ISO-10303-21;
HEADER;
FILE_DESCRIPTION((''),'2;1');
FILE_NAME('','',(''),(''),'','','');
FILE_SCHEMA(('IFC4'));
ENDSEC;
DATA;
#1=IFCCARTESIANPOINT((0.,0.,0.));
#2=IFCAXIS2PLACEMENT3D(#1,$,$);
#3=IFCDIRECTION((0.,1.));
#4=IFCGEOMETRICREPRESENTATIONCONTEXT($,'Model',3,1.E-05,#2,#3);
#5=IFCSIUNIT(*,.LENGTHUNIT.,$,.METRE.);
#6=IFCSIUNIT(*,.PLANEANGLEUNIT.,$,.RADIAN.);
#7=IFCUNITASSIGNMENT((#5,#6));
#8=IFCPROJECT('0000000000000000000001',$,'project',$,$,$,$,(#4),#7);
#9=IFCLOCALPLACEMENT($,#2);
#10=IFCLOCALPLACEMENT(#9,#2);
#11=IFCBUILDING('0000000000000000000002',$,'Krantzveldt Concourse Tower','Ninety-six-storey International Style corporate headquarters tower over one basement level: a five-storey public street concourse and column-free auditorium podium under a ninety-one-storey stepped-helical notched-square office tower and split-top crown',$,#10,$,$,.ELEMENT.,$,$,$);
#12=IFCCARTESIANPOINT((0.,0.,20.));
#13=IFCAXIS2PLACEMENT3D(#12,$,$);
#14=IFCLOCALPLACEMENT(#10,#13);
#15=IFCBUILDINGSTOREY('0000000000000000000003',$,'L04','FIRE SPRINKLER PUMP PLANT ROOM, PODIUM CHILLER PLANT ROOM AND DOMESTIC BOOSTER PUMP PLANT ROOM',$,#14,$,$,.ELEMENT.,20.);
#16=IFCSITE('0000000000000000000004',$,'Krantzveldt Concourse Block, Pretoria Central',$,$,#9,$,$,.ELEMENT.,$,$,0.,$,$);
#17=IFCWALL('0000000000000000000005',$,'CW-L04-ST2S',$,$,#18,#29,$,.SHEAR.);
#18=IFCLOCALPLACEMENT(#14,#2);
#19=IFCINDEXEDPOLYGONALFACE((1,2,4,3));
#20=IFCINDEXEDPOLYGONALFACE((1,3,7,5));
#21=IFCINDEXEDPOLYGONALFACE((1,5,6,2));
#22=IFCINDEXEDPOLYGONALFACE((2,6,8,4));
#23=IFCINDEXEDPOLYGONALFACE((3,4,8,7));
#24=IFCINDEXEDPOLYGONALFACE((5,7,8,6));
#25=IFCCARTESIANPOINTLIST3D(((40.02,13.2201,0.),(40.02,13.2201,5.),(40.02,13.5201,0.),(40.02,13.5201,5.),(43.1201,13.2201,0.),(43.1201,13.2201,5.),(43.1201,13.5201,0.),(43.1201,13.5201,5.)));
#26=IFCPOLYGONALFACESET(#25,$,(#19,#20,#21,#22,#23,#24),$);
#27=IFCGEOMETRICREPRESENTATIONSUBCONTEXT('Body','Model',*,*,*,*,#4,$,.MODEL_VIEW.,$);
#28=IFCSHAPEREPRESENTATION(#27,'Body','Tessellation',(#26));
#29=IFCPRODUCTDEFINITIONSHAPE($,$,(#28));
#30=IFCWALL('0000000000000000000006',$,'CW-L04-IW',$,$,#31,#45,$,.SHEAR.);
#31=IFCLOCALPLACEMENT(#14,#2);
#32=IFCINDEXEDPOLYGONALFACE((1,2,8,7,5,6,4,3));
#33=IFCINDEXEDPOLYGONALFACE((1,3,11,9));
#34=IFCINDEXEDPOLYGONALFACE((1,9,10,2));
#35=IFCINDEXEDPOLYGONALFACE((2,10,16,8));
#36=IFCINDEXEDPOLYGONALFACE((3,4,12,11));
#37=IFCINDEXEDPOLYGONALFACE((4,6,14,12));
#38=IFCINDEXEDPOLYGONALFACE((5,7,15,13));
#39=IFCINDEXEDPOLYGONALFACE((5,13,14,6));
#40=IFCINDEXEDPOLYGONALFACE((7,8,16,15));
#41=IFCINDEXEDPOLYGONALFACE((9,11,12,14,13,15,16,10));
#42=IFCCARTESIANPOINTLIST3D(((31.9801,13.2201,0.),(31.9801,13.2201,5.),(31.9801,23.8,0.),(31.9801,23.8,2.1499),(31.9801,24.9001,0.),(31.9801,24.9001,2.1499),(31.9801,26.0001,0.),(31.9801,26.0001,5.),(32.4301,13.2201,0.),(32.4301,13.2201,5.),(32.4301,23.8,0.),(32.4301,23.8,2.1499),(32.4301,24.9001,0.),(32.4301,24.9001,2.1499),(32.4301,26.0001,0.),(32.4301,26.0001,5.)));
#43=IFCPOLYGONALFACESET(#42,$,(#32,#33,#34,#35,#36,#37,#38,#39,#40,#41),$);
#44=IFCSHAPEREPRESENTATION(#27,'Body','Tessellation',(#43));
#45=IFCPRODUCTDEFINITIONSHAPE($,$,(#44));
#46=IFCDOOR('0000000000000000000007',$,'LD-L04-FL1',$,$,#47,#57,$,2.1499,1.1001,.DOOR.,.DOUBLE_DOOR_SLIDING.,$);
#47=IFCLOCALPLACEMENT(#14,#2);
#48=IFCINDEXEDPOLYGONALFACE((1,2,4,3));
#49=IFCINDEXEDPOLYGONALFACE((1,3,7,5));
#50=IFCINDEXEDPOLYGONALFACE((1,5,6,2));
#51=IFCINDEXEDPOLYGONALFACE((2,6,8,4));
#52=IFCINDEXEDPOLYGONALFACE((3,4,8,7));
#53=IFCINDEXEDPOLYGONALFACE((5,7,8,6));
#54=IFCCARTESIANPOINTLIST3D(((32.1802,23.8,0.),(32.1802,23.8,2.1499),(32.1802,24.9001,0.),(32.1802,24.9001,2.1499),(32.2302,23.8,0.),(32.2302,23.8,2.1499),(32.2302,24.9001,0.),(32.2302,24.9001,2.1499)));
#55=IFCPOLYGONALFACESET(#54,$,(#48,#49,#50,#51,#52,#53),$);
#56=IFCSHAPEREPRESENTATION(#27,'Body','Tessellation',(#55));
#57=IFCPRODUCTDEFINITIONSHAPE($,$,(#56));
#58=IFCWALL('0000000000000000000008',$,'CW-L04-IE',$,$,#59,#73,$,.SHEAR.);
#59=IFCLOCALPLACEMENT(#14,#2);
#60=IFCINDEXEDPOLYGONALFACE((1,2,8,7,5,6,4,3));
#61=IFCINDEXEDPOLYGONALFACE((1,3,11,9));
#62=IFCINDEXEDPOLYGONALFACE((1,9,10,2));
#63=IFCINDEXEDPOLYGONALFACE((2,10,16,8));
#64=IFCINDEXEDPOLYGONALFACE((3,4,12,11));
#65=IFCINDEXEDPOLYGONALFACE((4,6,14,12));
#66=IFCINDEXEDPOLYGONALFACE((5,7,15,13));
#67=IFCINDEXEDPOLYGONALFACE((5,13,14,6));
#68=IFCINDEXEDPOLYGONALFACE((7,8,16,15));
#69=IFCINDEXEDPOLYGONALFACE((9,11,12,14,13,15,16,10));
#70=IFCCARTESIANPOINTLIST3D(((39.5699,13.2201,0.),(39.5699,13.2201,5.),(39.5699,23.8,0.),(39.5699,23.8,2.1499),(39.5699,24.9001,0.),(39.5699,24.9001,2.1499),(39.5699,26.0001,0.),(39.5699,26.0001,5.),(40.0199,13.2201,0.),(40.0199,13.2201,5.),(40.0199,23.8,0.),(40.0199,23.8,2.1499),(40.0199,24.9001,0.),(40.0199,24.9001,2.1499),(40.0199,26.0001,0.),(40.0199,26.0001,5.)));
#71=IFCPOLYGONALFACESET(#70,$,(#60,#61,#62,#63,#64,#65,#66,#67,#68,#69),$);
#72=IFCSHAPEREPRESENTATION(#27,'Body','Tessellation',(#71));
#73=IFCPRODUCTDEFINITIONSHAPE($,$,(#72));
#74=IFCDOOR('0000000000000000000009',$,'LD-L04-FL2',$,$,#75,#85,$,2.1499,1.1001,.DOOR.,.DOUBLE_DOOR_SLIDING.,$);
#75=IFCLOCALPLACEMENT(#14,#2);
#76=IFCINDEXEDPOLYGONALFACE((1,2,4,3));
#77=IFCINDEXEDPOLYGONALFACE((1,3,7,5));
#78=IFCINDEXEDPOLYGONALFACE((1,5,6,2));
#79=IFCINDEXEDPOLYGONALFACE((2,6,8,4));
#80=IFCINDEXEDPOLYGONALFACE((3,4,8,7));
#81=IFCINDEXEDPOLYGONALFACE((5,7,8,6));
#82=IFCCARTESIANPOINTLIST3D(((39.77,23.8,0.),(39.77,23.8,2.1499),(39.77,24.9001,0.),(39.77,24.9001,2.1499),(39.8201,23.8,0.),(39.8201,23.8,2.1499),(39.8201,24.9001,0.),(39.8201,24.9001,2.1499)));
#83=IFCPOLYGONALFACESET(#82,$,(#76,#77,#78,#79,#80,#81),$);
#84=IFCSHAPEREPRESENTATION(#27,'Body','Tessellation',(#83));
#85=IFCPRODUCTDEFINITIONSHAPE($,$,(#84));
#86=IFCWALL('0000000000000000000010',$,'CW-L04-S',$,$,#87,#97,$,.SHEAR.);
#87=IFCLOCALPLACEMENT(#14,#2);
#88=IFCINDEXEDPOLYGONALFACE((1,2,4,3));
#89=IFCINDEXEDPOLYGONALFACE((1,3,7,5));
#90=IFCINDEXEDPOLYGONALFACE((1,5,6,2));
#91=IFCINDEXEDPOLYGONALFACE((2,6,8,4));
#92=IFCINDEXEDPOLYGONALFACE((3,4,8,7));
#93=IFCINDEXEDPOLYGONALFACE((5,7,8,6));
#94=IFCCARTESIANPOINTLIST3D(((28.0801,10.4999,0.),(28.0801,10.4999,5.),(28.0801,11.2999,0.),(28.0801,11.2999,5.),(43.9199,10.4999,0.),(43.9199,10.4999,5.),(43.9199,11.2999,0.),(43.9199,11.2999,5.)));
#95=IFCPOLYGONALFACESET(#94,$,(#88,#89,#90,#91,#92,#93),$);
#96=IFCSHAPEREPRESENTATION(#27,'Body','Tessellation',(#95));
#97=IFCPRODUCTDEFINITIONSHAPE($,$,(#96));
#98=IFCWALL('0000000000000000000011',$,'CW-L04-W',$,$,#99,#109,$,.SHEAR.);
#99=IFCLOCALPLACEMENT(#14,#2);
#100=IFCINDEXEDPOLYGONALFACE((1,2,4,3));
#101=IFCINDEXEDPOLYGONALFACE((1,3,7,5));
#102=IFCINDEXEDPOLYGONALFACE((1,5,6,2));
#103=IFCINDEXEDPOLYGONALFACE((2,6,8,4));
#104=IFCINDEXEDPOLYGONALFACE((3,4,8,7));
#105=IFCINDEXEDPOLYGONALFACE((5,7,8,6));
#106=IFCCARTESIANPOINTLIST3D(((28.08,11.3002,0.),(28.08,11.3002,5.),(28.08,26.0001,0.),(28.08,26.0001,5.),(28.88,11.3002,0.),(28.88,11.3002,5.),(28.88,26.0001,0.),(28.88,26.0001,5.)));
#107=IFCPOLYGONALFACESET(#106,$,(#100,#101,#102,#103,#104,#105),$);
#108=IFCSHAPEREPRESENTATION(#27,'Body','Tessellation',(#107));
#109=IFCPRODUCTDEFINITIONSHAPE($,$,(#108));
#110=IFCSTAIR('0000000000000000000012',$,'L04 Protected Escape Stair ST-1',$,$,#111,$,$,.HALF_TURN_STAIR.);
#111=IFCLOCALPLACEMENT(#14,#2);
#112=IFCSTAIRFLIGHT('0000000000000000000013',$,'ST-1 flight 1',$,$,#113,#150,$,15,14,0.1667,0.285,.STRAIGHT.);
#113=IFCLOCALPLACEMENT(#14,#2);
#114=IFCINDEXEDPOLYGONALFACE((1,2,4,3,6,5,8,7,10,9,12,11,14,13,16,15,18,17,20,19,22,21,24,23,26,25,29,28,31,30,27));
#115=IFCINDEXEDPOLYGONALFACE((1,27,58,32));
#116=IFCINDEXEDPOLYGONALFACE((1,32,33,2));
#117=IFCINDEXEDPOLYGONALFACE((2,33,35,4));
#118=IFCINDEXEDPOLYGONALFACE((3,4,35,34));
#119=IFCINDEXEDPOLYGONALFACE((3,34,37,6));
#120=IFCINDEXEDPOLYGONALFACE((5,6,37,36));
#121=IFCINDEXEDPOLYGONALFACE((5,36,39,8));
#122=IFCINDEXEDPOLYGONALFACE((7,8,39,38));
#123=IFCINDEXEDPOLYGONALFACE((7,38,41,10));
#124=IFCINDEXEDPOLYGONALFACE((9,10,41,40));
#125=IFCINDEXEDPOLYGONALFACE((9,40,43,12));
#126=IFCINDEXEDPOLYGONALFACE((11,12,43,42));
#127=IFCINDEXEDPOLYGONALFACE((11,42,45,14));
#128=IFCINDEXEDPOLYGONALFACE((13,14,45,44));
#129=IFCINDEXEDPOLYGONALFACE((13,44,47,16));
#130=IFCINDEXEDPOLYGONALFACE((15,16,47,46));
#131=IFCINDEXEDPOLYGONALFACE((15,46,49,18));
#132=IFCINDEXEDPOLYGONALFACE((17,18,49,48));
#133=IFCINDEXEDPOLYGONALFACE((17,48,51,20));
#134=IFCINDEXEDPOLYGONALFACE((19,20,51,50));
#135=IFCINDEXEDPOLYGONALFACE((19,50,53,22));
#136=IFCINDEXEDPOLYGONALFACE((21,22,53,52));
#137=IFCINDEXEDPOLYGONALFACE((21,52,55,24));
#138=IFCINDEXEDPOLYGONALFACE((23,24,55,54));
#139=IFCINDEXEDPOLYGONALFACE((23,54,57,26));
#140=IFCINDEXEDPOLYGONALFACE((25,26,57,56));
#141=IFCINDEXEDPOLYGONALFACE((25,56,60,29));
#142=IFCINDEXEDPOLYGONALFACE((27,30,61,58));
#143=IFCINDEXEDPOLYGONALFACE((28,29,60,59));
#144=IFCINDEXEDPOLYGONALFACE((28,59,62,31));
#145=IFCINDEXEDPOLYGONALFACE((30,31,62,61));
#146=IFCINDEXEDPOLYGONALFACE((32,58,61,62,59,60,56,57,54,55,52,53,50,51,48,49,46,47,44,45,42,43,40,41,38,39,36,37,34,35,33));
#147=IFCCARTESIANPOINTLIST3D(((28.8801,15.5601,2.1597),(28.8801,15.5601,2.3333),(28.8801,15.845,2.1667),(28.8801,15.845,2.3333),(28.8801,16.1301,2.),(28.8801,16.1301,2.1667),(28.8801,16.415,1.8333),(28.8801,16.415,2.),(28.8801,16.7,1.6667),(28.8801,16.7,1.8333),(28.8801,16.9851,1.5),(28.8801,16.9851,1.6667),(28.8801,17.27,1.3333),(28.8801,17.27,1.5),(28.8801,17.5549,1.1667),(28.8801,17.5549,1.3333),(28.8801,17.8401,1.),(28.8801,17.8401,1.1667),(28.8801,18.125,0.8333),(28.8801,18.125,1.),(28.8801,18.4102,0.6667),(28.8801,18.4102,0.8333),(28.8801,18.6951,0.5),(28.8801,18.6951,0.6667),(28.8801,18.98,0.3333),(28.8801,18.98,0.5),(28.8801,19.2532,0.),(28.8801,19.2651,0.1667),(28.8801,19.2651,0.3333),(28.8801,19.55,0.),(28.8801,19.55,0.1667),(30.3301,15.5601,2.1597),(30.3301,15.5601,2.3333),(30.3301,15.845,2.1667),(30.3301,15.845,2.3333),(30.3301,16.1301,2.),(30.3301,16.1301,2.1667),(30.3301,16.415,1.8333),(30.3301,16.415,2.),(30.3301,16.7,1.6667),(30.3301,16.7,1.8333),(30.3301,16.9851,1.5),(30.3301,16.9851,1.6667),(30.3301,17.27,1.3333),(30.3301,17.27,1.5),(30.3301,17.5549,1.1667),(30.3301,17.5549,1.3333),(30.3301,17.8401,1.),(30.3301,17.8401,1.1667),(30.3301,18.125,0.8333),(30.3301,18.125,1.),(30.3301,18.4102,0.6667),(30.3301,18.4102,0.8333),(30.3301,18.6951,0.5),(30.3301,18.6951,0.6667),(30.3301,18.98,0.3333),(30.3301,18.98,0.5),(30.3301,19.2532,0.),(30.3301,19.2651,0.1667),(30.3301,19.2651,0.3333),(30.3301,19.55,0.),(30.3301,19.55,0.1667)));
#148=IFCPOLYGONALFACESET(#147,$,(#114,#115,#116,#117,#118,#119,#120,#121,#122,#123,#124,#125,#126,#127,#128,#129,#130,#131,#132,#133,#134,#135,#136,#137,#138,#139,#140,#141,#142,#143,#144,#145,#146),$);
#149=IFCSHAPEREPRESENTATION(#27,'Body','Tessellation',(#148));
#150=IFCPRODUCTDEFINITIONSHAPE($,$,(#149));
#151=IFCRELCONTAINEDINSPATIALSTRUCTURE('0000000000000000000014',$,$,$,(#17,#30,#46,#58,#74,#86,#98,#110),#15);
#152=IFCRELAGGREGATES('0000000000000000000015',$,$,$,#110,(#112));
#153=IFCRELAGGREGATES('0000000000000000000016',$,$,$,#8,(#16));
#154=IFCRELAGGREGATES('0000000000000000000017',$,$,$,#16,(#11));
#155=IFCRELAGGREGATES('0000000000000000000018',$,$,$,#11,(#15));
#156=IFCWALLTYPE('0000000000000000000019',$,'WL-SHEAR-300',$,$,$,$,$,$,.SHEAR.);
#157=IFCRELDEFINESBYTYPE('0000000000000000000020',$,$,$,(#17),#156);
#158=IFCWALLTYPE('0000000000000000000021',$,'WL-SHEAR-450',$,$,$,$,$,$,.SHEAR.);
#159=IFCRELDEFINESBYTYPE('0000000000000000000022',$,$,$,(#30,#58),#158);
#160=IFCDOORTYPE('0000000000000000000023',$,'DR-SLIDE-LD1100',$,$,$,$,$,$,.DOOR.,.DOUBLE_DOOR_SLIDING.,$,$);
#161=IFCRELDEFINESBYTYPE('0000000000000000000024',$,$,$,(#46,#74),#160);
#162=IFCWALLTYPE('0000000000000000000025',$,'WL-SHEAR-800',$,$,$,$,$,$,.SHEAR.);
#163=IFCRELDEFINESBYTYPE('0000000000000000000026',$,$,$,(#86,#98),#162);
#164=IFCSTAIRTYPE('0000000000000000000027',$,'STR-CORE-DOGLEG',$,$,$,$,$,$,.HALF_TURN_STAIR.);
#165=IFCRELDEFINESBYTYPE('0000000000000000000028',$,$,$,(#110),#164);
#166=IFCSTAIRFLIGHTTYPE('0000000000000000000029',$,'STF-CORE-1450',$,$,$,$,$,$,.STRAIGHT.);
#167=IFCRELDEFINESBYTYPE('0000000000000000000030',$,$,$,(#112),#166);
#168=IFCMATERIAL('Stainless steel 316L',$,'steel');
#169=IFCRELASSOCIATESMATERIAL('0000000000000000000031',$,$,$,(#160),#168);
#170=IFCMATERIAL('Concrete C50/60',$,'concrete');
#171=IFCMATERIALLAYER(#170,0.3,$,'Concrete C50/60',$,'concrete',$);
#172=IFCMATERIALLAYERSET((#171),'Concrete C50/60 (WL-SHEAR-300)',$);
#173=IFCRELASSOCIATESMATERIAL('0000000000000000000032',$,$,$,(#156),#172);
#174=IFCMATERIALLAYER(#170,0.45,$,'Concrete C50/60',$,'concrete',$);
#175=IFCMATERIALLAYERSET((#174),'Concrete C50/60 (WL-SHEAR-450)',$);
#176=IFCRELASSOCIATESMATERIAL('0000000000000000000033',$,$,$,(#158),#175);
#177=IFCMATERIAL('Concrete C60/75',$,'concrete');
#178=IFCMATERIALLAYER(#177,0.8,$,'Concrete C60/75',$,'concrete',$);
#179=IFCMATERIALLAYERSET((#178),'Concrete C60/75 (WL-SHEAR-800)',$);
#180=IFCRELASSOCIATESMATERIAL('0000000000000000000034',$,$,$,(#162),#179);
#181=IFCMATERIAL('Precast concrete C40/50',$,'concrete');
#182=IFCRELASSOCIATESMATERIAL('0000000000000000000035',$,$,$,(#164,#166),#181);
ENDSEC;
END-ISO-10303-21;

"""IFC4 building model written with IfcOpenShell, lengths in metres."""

from ifc_helpers import new_model, si_unit, direction, frame, frame_2d, origin, place, context, subcontext, project, spatial, polyline, rectangle, outline, extrude, material, layer, layer_set, type_object, element, fill, aggregate, save


model = new_model("IFC4")

# Units and contexts
model_context = context("Model", 3, precision=1e-05, world=origin(), true_north=direction((0.0, 1.0)))
body_context = subcontext(model_context, "Body", "Model", "MODEL_VIEW")
ifc_project = project(units=[si_unit("LENGTHUNIT", "METRE"), si_unit("PLANEANGLEUNIT", "RADIAN")], contexts=[model_context])

# Site, building, storey
site_placement = place(None, origin())
site = spatial("IfcSite", under=ifc_project, at=site_placement, Name="Krantzveldt Concourse Block, Pretoria Central", CompositionType="ELEMENT", RefElevation=0.0)
building_placement = place(site_placement, origin())
building = spatial("IfcBuilding", under=site, at=building_placement, Name="Krantzveldt Concourse Tower", Description="Ninety-six-storey International Style corporate headquarters tower over one basement level: a five-storey public street concourse and column-free auditorium podium under a ninety-one-storey stepped-helical notched-square office tower and split-top crown", CompositionType="ELEMENT")
storey_placement = place(building_placement, frame((0.0, 0.0, 20.0)))
storey = spatial("IfcBuildingStorey", under=building, at=storey_placement, Name="L04", Description="FIRE SPRINKLER PUMP PLANT ROOM, PODIUM CHILLER PLANT ROOM AND DOMESTIC BOOSTER PUMP PLANT ROOM", CompositionType="ELEMENT", Elevation=20.0)

# Shared definitions
ifc_material_1 = material(Name="Stainless steel 316L", Category="steel")
door_type_1 = type_object("IfcDoorType", Name="DR-SLIDE-LD1100", OperationType="DOUBLE_DOOR_SLIDING", PredefinedType="DOOR", material=ifc_material_1)

# Wall
ifc_material_2 = material(Name="Concrete C50/60", Category="concrete")
ifc_layer_1 = layer(ifc_material_2, 0.3, Name="Concrete C50/60", Category="concrete")
ifc_layer_set_1 = layer_set([ifc_layer_1], Name="Concrete C50/60 (WL-SHEAR-300)")
wall_type_1 = type_object("IfcWallType", Name="WL-SHEAR-300", PredefinedType="SHEAR", material=ifc_layer_set_1)
for number, where, z_axis, x_axis, name in (
    (1, (40.02, 13.3701, 0.0), (0.0, 0.0, 1.0), (1.0, 0.0, 0.0), "CW-L04-ST2S"),
):
    element("IfcWall", number, at=place(storey_placement, frame(where, z_axis=z_axis, x_axis=x_axis)), inside=storey, type_object=wall_type_1, Name=name, PredefinedType="SHEAR", context=body_context, shape_type="SweptSolid", body=[
        extrude(rectangle(XDim=3.1001, YDim=0.3, at=frame_2d((1.55, 0.0))), origin(), (0.0, 0.0, 1.0), 5.0),
    ])

# Walls, openings, doors
ifc_layer_2 = layer(ifc_material_2, 0.45, Name="Concrete C50/60", Category="concrete")
ifc_layer_set_2 = layer_set([ifc_layer_2], Name="Concrete C50/60 (WL-SHEAR-450)")
wall_type_2 = type_object("IfcWallType", Name="WL-SHEAR-450", PredefinedType="SHEAR", material=ifc_layer_set_2)
wall_1_placement = place(storey_placement, frame((32.2051, 13.22, 0.0), z_axis=(0.0, 0.0, 1.0), x_axis=(0.0, 1.0, 0.0)))
wall_1 = element("IfcWall", 2, at=wall_1_placement, inside=storey, type_object=wall_type_2, Name="CW-L04-IW", PredefinedType="SHEAR", context=body_context, shape_type="SweptSolid", body=[
    extrude(rectangle(XDim=12.78, YDim=0.45, at=frame_2d((6.3901, 0.0))), origin(), (0.0, 0.0, 1.0), 5.0),
])
opening_1_placement = place(wall_1_placement, frame((10.5801, 0.0, 0.0)))
opening_1 = element("IfcOpeningElement", 3, at=opening_1_placement, cuts=wall_1, PredefinedType="OPENING", context=body_context, shape_type="SweptSolid", body=[
    extrude(rectangle(XDim=1.1001, YDim=2.1499, at=frame_2d((0.55, 1.075))), frame((0.0, 0.2349, 0.0), z_axis=(0.0, -1.0, 0.0), x_axis=(1.0, 0.0, 0.0)), (0.0, 0.0, 1.0), 0.47),
])
door_1_placement = place(opening_1_placement, origin())
door_1 = element("IfcDoor", 4, at=door_1_placement, inside=storey, type_object=door_type_1, Name="LD-L04-FL1", OperationType="DOUBLE_DOOR_SLIDING", OverallHeight=2.1499, OverallWidth=1.1001, PredefinedType="DOOR", context=body_context, shape_type="SweptSolid", body=[
    extrude(rectangle(XDim=1.1001, YDim=2.1499, at=frame_2d((0.55, 1.075))), frame((0.0, 0.0249, 0.0), z_axis=(0.0, -1.0, 0.0), x_axis=(1.0, 0.0, 0.0)), (0.0, 0.0, 1.0), 0.05),
])
fill(opening_1, door_1)
wall_2_placement = place(storey_placement, frame((39.7949, 13.22, 0.0), z_axis=(0.0, 0.0, 1.0), x_axis=(0.0, 1.0, 0.0)))
wall_2 = element("IfcWall", 5, at=wall_2_placement, inside=storey, type_object=wall_type_2, Name="CW-L04-IE", PredefinedType="SHEAR", context=body_context, shape_type="SweptSolid", body=[
    extrude(rectangle(XDim=12.78, YDim=0.45, at=frame_2d((6.3901, 0.0))), origin(), (0.0, 0.0, 1.0), 5.0),
])
opening_2_placement = place(wall_2_placement, frame((10.5801, 0.0, 0.0)))
opening_2 = element("IfcOpeningElement", 6, at=opening_2_placement, cuts=wall_2, PredefinedType="OPENING", context=body_context, shape_type="SweptSolid", body=[
    extrude(rectangle(XDim=1.1001, YDim=2.1499, at=frame_2d((0.55, 1.075))), frame((0.0, 0.2349, 0.0), z_axis=(0.0, -1.0, 0.0), x_axis=(1.0, 0.0, 0.0)), (0.0, 0.0, 1.0), 0.47),
])
door_2_placement = place(opening_2_placement, origin())
door_2 = element("IfcDoor", 7, at=door_2_placement, inside=storey, type_object=door_type_1, Name="LD-L04-FL2", OperationType="DOUBLE_DOOR_SLIDING", OverallHeight=2.1499, OverallWidth=1.1001, PredefinedType="DOOR", context=body_context, shape_type="SweptSolid", body=[
    extrude(rectangle(XDim=1.1001, YDim=2.1499, at=frame_2d((0.55, 1.075))), frame((0.0, 0.0249, 0.0), z_axis=(0.0, -1.0, 0.0), x_axis=(1.0, 0.0, 0.0)), (0.0, 0.0, 1.0), 0.05),
])
fill(opening_2, door_2)

# Walls
ifc_material_3 = material(Name="Concrete C60/75", Category="concrete")
ifc_layer_3 = layer(ifc_material_3, 0.8, Name="Concrete C60/75", Category="concrete")
ifc_layer_set_3 = layer_set([ifc_layer_3], Name="Concrete C60/75 (WL-SHEAR-800)")
wall_type_3 = type_object("IfcWallType", Name="WL-SHEAR-800", PredefinedType="SHEAR", material=ifc_layer_set_3)
wall_3_placement = place(storey_placement, frame((28.0801, 10.8999, 0.0), z_axis=(0.0, 0.0, 1.0), x_axis=(1.0, 0.0, 0.0)))
element("IfcWall", 8, at=wall_3_placement, inside=storey, type_object=wall_type_3, Name="CW-L04-S", PredefinedType="SHEAR", context=body_context, shape_type="SweptSolid", body=[
    extrude(rectangle(XDim=15.8398, YDim=0.8, at=frame_2d((7.9199, 0.0))), origin(), (0.0, 0.0, 1.0), 5.0),
])
wall_4_placement = place(storey_placement, frame((28.48, 11.3, 0.0), z_axis=(0.0, 0.0, 1.0), x_axis=(0.0, 1.0, 0.0)))
element("IfcWall", 9, at=wall_4_placement, inside=storey, type_object=wall_type_3, Name="CW-L04-W", PredefinedType="SHEAR", context=body_context, shape_type="SweptSolid", body=[
    extrude(rectangle(XDim=14.7, YDim=0.8, at=frame_2d((7.3501, 0.0))), origin(), (0.0, 0.0, 1.0), 5.0),
])

# Stair, stair flight
ifc_material_4 = material(Name="Precast concrete C40/50", Category="concrete")
stair_type = type_object("IfcStairType", Name="STR-CORE-DOGLEG", PredefinedType="HALF_TURN_STAIR", material=ifc_material_4)
stair_placement = place(storey_placement, origin())
stair = element("IfcStair", 10, at=stair_placement, inside=storey, type_object=stair_type, Name="L04 Protected Escape Stair ST-1", PredefinedType="HALF_TURN_STAIR")
stair_flight_type = type_object("IfcStairFlightType", Name="STF-CORE-1450", PredefinedType="STRAIGHT", material=ifc_material_4)
stair_flight_1_placement = place(storey_placement, frame((29.605, 19.55, 0.0), z_axis=(0.0, 0.0, 1.0), x_axis=(0.0, -1.0, 0.0)))
stair_flight_1 = element("IfcStairFlight", 11, at=stair_flight_1_placement, type_object=stair_flight_type, Name="ST-1 flight 1", NumberOfRisers=15, NumberOfTreads=14, PredefinedType="STRAIGHT", RiserHeight=0.1667, TreadLength=0.285, context=body_context, shape_type="SweptSolid", body=[
    extrude(outline(polyline([(0.0, 0.0), (0.0, 0.1667), (0.2849, 0.1667), (0.2849, 0.3333), (0.5701, 0.3333), (0.5701, 0.5), (0.855, 0.5), (0.855, 0.6667), (1.1399, 0.6667), (1.1399, 0.8333), (1.425, 0.8333), (1.425, 1.0), (1.71, 1.0), (1.71, 1.1667), (1.9951, 1.1667), (1.9951, 1.3333), (2.28, 1.3333), (2.28, 1.5), (2.5649, 1.5), (2.5649, 1.6667), (2.8501, 1.6667), (2.8501, 1.8333), (3.135, 1.8333), (3.135, 2.0), (3.4199, 2.0), (3.4199, 2.1667), (3.7051, 2.1667), (3.7051, 2.3333), (3.99, 2.3333), (3.99, 2.5), (3.99, 2.1597), (0.2969, 0.0), (0.0, 0.0)])), frame((0.0, 0.7251, 0.0), z_axis=(0.0, -1.0, 0.0), x_axis=(1.0, 0.0, 0.0)), (0.0, 0.0, 1.0), 1.45),
])
aggregate(stair, [stair_flight_1])

save(model, "model.ifc")
